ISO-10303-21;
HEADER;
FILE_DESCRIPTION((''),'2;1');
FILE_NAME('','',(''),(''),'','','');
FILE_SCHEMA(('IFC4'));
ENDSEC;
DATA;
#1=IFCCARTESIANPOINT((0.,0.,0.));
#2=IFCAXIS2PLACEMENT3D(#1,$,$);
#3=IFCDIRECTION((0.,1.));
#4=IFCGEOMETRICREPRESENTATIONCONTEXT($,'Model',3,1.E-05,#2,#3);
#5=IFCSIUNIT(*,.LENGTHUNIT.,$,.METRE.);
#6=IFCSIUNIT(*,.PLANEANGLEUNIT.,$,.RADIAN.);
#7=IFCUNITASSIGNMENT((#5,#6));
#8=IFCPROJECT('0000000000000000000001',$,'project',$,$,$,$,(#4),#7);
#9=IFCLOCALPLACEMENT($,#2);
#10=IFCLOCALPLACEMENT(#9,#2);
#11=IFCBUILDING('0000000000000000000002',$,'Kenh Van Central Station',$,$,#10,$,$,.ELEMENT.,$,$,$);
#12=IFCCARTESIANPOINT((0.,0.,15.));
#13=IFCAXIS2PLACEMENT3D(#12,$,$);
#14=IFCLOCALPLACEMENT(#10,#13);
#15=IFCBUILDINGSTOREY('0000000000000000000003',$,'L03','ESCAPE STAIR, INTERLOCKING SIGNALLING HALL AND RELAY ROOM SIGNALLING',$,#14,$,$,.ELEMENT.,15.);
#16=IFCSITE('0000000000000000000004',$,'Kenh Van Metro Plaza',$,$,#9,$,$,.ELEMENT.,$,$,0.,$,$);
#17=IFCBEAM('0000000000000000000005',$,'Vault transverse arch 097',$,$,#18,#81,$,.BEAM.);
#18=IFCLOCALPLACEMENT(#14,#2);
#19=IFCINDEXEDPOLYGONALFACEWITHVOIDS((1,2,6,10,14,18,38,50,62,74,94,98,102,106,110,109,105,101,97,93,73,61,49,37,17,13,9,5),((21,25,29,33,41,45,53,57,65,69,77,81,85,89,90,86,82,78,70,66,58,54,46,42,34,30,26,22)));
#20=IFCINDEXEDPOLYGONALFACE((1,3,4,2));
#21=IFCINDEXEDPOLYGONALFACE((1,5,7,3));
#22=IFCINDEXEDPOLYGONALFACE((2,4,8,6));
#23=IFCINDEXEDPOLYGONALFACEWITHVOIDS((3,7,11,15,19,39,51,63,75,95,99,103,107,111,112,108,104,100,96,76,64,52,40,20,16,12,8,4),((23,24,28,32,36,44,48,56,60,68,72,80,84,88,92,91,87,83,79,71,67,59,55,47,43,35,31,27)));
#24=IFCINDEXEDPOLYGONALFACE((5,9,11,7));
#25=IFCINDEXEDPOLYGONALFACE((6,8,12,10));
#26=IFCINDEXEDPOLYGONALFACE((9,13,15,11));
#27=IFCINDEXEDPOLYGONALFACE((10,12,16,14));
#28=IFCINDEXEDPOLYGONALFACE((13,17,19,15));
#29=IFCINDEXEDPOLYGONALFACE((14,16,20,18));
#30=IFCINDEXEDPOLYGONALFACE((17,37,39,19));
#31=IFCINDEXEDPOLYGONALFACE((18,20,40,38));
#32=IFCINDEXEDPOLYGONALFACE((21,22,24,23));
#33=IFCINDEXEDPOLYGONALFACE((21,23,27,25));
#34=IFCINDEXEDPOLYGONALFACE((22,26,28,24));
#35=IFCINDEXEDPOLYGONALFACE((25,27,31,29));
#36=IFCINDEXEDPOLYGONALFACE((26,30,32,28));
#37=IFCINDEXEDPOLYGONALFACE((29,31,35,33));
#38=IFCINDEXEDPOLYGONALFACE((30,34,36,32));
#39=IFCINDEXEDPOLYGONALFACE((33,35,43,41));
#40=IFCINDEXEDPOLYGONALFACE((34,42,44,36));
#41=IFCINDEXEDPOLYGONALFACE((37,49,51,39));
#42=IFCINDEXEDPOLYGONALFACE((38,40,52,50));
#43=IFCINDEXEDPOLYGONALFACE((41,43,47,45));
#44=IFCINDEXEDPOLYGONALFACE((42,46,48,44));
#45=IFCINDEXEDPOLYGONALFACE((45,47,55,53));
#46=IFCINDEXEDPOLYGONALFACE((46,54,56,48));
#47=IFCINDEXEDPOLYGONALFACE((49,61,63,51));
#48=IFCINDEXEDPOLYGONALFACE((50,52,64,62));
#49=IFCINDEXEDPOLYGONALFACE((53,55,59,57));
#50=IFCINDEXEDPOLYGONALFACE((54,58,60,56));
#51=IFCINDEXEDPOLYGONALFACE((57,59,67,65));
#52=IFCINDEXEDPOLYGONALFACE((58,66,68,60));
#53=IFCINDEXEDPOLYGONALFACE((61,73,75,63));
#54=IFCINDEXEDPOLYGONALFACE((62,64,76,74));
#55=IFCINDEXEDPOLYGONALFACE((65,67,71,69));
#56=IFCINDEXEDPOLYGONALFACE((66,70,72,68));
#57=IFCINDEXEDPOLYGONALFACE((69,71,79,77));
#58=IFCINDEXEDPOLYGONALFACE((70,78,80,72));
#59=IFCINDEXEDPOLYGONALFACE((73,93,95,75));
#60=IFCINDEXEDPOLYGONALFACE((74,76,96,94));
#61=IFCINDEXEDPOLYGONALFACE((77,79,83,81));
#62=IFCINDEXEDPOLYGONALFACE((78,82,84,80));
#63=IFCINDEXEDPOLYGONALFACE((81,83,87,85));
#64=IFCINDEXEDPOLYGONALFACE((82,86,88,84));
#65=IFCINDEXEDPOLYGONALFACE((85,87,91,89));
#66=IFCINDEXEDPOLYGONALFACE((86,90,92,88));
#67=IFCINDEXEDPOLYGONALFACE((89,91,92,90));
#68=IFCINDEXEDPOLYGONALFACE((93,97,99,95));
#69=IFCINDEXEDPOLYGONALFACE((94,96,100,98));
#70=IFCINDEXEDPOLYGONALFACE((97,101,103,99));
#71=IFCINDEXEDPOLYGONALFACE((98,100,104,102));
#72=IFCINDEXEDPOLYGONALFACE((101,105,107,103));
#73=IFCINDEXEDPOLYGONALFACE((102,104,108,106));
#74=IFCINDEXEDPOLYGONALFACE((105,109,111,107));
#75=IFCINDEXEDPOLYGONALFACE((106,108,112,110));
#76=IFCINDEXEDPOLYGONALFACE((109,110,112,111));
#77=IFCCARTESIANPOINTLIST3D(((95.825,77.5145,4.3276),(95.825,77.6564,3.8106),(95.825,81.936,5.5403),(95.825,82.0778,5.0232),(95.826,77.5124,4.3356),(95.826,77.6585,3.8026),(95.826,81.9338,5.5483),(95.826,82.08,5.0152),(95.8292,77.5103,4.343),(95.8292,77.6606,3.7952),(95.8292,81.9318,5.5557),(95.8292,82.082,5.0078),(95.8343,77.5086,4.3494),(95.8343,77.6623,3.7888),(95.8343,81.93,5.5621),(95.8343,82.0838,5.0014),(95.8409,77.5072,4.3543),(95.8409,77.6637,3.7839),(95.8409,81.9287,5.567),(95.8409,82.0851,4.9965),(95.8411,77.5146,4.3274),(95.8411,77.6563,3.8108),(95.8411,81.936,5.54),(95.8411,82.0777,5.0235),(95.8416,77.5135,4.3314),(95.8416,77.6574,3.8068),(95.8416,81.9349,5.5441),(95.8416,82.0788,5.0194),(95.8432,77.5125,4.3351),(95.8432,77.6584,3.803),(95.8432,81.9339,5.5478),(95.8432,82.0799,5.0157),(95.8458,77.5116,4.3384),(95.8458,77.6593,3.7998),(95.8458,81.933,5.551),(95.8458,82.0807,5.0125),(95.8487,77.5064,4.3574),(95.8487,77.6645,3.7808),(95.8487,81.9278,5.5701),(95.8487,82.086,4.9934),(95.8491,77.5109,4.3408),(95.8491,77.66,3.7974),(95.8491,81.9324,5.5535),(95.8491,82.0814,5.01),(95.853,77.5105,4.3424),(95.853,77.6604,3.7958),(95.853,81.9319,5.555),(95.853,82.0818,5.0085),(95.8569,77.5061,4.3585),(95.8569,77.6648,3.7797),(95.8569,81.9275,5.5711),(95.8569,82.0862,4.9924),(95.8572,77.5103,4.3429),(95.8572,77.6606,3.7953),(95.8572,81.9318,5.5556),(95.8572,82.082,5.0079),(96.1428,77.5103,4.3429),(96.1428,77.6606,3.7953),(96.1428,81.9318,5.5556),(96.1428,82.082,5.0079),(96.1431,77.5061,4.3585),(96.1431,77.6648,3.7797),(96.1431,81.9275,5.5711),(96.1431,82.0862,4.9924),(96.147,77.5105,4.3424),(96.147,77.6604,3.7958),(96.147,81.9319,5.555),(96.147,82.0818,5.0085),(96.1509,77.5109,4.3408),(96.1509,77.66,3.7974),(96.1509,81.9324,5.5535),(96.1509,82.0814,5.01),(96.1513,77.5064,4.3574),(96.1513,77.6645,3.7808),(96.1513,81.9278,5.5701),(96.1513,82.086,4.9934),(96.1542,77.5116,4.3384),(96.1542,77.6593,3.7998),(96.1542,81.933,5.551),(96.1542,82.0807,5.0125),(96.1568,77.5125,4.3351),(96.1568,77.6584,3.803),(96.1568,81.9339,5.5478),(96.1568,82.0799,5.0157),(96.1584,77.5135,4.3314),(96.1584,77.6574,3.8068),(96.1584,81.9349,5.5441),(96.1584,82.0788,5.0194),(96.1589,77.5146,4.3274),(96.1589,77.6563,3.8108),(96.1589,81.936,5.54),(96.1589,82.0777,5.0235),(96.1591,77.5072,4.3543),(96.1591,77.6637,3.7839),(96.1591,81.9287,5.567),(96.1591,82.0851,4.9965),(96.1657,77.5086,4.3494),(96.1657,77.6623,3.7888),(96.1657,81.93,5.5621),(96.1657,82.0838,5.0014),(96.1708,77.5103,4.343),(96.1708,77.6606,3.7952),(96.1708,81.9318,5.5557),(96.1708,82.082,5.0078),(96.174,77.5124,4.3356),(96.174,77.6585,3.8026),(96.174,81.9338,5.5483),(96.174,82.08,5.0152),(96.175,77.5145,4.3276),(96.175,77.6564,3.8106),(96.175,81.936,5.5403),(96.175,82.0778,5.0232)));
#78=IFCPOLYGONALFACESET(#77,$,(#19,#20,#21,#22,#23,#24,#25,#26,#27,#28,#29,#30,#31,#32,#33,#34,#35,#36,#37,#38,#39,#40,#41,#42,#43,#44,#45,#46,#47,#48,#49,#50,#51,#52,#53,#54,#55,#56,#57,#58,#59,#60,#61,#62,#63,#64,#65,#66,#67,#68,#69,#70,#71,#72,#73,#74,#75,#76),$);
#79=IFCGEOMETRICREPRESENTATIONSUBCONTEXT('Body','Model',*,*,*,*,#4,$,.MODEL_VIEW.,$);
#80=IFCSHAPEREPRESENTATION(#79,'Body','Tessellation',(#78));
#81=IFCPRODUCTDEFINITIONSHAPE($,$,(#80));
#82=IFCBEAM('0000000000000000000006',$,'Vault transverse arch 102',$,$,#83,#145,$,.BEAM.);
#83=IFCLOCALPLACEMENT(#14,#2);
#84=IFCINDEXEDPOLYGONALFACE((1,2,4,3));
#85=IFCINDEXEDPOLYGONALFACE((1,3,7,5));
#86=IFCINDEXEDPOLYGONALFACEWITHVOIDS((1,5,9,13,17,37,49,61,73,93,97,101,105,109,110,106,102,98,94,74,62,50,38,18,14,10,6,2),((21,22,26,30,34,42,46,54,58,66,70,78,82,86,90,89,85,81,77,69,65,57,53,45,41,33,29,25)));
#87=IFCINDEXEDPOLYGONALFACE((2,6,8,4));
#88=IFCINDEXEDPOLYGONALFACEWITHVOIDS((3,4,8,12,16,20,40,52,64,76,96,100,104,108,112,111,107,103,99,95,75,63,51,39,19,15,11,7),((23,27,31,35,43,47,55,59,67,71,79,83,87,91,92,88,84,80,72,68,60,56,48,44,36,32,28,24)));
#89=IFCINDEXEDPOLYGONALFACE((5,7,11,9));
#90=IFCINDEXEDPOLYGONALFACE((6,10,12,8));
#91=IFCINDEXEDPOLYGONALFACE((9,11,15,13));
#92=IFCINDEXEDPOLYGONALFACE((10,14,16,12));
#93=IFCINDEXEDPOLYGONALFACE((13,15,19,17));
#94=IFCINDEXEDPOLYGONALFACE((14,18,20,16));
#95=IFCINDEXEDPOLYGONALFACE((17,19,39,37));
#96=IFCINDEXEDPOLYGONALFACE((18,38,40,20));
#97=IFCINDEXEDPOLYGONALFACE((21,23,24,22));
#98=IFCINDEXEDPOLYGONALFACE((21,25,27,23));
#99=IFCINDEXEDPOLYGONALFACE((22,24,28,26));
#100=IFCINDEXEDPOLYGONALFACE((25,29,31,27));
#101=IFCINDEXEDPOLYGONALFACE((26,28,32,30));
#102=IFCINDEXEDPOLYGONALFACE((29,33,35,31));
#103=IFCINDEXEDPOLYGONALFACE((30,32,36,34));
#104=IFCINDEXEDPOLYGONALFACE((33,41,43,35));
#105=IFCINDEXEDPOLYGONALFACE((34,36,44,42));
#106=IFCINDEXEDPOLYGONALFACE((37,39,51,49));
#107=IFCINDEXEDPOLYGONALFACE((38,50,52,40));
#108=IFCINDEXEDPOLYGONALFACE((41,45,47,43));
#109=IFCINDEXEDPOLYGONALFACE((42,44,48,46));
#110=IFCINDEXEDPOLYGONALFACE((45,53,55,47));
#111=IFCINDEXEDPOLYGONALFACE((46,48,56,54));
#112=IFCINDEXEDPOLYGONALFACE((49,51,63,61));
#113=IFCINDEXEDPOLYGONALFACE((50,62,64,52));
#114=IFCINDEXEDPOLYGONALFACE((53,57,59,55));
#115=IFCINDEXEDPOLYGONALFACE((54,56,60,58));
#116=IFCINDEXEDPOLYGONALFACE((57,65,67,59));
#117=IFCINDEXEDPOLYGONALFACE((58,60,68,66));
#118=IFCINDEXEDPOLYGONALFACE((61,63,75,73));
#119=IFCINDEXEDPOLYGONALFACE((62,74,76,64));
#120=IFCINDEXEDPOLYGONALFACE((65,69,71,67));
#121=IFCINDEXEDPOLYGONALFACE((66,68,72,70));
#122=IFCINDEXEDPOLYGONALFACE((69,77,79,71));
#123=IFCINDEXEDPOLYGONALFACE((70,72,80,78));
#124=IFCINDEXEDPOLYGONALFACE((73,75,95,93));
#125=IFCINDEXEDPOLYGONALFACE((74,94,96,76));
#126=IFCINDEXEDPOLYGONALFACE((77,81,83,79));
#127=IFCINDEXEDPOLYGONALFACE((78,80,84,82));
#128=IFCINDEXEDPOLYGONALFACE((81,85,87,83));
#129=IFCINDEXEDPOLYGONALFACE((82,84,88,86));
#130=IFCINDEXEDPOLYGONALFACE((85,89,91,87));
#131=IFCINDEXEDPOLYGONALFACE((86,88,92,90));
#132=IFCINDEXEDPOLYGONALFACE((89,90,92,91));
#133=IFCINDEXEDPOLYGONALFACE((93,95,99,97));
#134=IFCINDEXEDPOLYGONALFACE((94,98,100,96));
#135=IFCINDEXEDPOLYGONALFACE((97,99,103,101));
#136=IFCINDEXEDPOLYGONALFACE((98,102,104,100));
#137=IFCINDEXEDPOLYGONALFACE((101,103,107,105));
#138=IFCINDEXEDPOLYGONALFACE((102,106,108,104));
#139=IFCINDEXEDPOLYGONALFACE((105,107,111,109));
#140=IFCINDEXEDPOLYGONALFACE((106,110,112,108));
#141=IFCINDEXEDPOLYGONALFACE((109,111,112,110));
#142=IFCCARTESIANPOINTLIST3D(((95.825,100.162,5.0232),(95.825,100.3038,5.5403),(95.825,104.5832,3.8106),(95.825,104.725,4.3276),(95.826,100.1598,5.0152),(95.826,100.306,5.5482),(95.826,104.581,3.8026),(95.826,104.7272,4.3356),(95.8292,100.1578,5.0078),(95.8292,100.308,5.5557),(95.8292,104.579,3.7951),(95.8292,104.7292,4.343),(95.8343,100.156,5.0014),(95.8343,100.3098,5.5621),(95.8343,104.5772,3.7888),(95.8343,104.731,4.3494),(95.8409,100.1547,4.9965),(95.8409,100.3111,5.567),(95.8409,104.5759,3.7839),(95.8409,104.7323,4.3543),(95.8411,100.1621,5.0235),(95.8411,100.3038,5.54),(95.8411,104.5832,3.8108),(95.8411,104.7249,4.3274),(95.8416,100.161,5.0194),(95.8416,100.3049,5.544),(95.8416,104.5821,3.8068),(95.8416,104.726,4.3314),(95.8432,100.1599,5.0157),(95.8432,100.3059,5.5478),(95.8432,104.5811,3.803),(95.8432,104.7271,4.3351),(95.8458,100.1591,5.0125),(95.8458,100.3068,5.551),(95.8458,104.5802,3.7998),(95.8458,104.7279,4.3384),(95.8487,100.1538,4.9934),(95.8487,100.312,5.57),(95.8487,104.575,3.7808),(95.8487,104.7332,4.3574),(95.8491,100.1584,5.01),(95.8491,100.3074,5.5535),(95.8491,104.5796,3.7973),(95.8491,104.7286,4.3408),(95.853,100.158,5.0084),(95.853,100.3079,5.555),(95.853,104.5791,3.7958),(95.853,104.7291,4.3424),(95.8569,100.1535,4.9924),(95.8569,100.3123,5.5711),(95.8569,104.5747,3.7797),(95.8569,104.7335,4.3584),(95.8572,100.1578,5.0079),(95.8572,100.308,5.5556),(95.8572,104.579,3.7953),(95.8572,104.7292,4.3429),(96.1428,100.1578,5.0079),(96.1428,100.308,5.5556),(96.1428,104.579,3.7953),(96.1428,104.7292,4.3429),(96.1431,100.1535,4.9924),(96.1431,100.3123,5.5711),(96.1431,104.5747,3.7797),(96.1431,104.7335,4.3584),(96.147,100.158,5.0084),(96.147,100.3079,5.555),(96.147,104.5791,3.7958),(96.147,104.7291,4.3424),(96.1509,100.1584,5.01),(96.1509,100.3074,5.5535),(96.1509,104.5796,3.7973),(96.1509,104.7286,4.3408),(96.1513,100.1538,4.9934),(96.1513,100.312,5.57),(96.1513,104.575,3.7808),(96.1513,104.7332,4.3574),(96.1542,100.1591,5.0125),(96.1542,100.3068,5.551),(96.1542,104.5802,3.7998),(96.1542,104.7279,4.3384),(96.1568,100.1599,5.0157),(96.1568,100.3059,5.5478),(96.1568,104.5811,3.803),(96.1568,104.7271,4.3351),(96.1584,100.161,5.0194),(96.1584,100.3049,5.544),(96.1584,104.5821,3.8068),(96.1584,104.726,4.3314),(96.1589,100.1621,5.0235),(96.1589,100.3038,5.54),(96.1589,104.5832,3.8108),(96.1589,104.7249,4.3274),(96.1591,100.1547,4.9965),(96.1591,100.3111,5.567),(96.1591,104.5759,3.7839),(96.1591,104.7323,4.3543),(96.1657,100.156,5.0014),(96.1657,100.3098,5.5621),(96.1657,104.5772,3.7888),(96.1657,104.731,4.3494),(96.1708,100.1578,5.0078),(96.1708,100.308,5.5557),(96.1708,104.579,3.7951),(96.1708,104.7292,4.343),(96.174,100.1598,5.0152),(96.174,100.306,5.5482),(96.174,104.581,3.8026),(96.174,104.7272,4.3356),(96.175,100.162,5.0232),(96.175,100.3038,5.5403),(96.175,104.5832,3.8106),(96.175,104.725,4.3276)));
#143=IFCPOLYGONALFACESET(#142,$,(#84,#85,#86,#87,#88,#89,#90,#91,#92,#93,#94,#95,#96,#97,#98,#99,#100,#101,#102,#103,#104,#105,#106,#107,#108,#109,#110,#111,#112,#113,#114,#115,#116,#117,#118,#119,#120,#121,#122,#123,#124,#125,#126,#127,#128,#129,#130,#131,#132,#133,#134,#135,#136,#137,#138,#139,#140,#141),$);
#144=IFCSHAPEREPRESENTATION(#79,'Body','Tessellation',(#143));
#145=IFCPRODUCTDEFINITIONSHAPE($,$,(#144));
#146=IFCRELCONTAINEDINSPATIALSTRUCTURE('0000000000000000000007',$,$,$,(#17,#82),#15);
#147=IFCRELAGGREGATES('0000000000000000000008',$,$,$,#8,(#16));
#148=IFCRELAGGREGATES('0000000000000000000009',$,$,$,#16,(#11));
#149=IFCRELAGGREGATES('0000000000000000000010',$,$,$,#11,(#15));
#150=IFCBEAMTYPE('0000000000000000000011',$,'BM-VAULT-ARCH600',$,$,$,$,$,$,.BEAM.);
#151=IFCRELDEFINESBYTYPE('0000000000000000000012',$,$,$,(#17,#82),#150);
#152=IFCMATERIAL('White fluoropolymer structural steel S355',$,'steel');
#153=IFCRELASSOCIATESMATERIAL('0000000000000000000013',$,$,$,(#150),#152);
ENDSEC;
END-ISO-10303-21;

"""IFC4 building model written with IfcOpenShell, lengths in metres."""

from ifc_helpers import new_model, si_unit, direction, frame, origin, origin_2d, place, context, subcontext, project, spatial, hollow_rectangle, extrude, material, material_profile, profile_set, type_object, element, save


model = new_model("IFC4")

# Units and contexts
model_context = context("Model", 3, precision=1e-05, world=origin(), true_north=direction((0.0, 1.0)))
body_context = subcontext(model_context, "Body", "Model", "MODEL_VIEW")
ifc_project = project(units=[si_unit("LENGTHUNIT", "METRE"), si_unit("PLANEANGLEUNIT", "RADIAN")], contexts=[model_context])

# Site, building, storey
site_placement = place(None, origin())
site = spatial("IfcSite", under=ifc_project, at=site_placement, Name="Kenh Van Metro Plaza", CompositionType="ELEMENT", RefElevation=0.0)
building_placement = place(site_placement, origin())
building = spatial("IfcBuilding", under=site, at=building_placement, Name="Kenh Van Central Station", CompositionType="ELEMENT")
storey_placement = place(building_placement, frame((0.0, 0.0, 15.0)))
storey = spatial("IfcBuildingStorey", under=building, at=storey_placement, Name="L03", Description="ESCAPE STAIR, INTERLOCKING SIGNALLING HALL AND RELAY ROOM SIGNALLING", CompositionType="ELEMENT", Elevation=15.0)

# Beams
ifc_material_1 = material(Name="White fluoropolymer structural steel S355", Category="steel")
ifc_material_profile_1 = material_profile(ifc_material_1, hollow_rectangle(XDim=0.3501, YDim=0.6001, WallThickness=0.0161, InnerFilletRadius=0.0161, OuterFilletRadius=0.032, at=origin_2d()), Name="RHS 600x350x16")
ifc_profile_set_1 = profile_set([ifc_material_profile_1], Name="White fluoropolymer structural steel S355")
beam_type_1 = type_object("IfcBeamType", Name="BM-VAULT-ARCH600", PredefinedType="BEAM", material=ifc_profile_set_1)
beam_1_placement = place(storey_placement, frame((96.0, 77.5854, 4.0691), z_axis=(0.0, 0.964386, 0.2645), x_axis=(-1.0, 0.0, 0.0)))
element("IfcBeam", 1, at=beam_1_placement, inside=storey, type_object=beam_type_1, Name="Vault transverse arch 097", PredefinedType="BEAM", context=body_context, shape_type="SweptSolid", body=[
    extrude(hollow_rectangle(XDim=0.3501, YDim=0.6001, WallThickness=0.0161, InnerFilletRadius=0.0161, OuterFilletRadius=0.032, at=origin_2d()), origin(), (0.0, 0.0, 1.0), 4.5847),
])
beam_2_placement = place(storey_placement, frame((96.0, 100.2329, 5.2817), z_axis=(0.0, 0.964382, -0.264514), x_axis=(-1.0, 0.0, 0.0)))
element("IfcBeam", 2, at=beam_2_placement, inside=storey, type_object=beam_type_1, Name="Vault transverse arch 102", PredefinedType="BEAM", context=body_context, shape_type="SweptSolid", body=[
    extrude(hollow_rectangle(XDim=0.3501, YDim=0.6001, WallThickness=0.0161, InnerFilletRadius=0.0161, OuterFilletRadius=0.032, at=origin_2d()), origin(), (0.0, 0.0, 1.0), 4.5845),
])

save(model, "model.ifc")
